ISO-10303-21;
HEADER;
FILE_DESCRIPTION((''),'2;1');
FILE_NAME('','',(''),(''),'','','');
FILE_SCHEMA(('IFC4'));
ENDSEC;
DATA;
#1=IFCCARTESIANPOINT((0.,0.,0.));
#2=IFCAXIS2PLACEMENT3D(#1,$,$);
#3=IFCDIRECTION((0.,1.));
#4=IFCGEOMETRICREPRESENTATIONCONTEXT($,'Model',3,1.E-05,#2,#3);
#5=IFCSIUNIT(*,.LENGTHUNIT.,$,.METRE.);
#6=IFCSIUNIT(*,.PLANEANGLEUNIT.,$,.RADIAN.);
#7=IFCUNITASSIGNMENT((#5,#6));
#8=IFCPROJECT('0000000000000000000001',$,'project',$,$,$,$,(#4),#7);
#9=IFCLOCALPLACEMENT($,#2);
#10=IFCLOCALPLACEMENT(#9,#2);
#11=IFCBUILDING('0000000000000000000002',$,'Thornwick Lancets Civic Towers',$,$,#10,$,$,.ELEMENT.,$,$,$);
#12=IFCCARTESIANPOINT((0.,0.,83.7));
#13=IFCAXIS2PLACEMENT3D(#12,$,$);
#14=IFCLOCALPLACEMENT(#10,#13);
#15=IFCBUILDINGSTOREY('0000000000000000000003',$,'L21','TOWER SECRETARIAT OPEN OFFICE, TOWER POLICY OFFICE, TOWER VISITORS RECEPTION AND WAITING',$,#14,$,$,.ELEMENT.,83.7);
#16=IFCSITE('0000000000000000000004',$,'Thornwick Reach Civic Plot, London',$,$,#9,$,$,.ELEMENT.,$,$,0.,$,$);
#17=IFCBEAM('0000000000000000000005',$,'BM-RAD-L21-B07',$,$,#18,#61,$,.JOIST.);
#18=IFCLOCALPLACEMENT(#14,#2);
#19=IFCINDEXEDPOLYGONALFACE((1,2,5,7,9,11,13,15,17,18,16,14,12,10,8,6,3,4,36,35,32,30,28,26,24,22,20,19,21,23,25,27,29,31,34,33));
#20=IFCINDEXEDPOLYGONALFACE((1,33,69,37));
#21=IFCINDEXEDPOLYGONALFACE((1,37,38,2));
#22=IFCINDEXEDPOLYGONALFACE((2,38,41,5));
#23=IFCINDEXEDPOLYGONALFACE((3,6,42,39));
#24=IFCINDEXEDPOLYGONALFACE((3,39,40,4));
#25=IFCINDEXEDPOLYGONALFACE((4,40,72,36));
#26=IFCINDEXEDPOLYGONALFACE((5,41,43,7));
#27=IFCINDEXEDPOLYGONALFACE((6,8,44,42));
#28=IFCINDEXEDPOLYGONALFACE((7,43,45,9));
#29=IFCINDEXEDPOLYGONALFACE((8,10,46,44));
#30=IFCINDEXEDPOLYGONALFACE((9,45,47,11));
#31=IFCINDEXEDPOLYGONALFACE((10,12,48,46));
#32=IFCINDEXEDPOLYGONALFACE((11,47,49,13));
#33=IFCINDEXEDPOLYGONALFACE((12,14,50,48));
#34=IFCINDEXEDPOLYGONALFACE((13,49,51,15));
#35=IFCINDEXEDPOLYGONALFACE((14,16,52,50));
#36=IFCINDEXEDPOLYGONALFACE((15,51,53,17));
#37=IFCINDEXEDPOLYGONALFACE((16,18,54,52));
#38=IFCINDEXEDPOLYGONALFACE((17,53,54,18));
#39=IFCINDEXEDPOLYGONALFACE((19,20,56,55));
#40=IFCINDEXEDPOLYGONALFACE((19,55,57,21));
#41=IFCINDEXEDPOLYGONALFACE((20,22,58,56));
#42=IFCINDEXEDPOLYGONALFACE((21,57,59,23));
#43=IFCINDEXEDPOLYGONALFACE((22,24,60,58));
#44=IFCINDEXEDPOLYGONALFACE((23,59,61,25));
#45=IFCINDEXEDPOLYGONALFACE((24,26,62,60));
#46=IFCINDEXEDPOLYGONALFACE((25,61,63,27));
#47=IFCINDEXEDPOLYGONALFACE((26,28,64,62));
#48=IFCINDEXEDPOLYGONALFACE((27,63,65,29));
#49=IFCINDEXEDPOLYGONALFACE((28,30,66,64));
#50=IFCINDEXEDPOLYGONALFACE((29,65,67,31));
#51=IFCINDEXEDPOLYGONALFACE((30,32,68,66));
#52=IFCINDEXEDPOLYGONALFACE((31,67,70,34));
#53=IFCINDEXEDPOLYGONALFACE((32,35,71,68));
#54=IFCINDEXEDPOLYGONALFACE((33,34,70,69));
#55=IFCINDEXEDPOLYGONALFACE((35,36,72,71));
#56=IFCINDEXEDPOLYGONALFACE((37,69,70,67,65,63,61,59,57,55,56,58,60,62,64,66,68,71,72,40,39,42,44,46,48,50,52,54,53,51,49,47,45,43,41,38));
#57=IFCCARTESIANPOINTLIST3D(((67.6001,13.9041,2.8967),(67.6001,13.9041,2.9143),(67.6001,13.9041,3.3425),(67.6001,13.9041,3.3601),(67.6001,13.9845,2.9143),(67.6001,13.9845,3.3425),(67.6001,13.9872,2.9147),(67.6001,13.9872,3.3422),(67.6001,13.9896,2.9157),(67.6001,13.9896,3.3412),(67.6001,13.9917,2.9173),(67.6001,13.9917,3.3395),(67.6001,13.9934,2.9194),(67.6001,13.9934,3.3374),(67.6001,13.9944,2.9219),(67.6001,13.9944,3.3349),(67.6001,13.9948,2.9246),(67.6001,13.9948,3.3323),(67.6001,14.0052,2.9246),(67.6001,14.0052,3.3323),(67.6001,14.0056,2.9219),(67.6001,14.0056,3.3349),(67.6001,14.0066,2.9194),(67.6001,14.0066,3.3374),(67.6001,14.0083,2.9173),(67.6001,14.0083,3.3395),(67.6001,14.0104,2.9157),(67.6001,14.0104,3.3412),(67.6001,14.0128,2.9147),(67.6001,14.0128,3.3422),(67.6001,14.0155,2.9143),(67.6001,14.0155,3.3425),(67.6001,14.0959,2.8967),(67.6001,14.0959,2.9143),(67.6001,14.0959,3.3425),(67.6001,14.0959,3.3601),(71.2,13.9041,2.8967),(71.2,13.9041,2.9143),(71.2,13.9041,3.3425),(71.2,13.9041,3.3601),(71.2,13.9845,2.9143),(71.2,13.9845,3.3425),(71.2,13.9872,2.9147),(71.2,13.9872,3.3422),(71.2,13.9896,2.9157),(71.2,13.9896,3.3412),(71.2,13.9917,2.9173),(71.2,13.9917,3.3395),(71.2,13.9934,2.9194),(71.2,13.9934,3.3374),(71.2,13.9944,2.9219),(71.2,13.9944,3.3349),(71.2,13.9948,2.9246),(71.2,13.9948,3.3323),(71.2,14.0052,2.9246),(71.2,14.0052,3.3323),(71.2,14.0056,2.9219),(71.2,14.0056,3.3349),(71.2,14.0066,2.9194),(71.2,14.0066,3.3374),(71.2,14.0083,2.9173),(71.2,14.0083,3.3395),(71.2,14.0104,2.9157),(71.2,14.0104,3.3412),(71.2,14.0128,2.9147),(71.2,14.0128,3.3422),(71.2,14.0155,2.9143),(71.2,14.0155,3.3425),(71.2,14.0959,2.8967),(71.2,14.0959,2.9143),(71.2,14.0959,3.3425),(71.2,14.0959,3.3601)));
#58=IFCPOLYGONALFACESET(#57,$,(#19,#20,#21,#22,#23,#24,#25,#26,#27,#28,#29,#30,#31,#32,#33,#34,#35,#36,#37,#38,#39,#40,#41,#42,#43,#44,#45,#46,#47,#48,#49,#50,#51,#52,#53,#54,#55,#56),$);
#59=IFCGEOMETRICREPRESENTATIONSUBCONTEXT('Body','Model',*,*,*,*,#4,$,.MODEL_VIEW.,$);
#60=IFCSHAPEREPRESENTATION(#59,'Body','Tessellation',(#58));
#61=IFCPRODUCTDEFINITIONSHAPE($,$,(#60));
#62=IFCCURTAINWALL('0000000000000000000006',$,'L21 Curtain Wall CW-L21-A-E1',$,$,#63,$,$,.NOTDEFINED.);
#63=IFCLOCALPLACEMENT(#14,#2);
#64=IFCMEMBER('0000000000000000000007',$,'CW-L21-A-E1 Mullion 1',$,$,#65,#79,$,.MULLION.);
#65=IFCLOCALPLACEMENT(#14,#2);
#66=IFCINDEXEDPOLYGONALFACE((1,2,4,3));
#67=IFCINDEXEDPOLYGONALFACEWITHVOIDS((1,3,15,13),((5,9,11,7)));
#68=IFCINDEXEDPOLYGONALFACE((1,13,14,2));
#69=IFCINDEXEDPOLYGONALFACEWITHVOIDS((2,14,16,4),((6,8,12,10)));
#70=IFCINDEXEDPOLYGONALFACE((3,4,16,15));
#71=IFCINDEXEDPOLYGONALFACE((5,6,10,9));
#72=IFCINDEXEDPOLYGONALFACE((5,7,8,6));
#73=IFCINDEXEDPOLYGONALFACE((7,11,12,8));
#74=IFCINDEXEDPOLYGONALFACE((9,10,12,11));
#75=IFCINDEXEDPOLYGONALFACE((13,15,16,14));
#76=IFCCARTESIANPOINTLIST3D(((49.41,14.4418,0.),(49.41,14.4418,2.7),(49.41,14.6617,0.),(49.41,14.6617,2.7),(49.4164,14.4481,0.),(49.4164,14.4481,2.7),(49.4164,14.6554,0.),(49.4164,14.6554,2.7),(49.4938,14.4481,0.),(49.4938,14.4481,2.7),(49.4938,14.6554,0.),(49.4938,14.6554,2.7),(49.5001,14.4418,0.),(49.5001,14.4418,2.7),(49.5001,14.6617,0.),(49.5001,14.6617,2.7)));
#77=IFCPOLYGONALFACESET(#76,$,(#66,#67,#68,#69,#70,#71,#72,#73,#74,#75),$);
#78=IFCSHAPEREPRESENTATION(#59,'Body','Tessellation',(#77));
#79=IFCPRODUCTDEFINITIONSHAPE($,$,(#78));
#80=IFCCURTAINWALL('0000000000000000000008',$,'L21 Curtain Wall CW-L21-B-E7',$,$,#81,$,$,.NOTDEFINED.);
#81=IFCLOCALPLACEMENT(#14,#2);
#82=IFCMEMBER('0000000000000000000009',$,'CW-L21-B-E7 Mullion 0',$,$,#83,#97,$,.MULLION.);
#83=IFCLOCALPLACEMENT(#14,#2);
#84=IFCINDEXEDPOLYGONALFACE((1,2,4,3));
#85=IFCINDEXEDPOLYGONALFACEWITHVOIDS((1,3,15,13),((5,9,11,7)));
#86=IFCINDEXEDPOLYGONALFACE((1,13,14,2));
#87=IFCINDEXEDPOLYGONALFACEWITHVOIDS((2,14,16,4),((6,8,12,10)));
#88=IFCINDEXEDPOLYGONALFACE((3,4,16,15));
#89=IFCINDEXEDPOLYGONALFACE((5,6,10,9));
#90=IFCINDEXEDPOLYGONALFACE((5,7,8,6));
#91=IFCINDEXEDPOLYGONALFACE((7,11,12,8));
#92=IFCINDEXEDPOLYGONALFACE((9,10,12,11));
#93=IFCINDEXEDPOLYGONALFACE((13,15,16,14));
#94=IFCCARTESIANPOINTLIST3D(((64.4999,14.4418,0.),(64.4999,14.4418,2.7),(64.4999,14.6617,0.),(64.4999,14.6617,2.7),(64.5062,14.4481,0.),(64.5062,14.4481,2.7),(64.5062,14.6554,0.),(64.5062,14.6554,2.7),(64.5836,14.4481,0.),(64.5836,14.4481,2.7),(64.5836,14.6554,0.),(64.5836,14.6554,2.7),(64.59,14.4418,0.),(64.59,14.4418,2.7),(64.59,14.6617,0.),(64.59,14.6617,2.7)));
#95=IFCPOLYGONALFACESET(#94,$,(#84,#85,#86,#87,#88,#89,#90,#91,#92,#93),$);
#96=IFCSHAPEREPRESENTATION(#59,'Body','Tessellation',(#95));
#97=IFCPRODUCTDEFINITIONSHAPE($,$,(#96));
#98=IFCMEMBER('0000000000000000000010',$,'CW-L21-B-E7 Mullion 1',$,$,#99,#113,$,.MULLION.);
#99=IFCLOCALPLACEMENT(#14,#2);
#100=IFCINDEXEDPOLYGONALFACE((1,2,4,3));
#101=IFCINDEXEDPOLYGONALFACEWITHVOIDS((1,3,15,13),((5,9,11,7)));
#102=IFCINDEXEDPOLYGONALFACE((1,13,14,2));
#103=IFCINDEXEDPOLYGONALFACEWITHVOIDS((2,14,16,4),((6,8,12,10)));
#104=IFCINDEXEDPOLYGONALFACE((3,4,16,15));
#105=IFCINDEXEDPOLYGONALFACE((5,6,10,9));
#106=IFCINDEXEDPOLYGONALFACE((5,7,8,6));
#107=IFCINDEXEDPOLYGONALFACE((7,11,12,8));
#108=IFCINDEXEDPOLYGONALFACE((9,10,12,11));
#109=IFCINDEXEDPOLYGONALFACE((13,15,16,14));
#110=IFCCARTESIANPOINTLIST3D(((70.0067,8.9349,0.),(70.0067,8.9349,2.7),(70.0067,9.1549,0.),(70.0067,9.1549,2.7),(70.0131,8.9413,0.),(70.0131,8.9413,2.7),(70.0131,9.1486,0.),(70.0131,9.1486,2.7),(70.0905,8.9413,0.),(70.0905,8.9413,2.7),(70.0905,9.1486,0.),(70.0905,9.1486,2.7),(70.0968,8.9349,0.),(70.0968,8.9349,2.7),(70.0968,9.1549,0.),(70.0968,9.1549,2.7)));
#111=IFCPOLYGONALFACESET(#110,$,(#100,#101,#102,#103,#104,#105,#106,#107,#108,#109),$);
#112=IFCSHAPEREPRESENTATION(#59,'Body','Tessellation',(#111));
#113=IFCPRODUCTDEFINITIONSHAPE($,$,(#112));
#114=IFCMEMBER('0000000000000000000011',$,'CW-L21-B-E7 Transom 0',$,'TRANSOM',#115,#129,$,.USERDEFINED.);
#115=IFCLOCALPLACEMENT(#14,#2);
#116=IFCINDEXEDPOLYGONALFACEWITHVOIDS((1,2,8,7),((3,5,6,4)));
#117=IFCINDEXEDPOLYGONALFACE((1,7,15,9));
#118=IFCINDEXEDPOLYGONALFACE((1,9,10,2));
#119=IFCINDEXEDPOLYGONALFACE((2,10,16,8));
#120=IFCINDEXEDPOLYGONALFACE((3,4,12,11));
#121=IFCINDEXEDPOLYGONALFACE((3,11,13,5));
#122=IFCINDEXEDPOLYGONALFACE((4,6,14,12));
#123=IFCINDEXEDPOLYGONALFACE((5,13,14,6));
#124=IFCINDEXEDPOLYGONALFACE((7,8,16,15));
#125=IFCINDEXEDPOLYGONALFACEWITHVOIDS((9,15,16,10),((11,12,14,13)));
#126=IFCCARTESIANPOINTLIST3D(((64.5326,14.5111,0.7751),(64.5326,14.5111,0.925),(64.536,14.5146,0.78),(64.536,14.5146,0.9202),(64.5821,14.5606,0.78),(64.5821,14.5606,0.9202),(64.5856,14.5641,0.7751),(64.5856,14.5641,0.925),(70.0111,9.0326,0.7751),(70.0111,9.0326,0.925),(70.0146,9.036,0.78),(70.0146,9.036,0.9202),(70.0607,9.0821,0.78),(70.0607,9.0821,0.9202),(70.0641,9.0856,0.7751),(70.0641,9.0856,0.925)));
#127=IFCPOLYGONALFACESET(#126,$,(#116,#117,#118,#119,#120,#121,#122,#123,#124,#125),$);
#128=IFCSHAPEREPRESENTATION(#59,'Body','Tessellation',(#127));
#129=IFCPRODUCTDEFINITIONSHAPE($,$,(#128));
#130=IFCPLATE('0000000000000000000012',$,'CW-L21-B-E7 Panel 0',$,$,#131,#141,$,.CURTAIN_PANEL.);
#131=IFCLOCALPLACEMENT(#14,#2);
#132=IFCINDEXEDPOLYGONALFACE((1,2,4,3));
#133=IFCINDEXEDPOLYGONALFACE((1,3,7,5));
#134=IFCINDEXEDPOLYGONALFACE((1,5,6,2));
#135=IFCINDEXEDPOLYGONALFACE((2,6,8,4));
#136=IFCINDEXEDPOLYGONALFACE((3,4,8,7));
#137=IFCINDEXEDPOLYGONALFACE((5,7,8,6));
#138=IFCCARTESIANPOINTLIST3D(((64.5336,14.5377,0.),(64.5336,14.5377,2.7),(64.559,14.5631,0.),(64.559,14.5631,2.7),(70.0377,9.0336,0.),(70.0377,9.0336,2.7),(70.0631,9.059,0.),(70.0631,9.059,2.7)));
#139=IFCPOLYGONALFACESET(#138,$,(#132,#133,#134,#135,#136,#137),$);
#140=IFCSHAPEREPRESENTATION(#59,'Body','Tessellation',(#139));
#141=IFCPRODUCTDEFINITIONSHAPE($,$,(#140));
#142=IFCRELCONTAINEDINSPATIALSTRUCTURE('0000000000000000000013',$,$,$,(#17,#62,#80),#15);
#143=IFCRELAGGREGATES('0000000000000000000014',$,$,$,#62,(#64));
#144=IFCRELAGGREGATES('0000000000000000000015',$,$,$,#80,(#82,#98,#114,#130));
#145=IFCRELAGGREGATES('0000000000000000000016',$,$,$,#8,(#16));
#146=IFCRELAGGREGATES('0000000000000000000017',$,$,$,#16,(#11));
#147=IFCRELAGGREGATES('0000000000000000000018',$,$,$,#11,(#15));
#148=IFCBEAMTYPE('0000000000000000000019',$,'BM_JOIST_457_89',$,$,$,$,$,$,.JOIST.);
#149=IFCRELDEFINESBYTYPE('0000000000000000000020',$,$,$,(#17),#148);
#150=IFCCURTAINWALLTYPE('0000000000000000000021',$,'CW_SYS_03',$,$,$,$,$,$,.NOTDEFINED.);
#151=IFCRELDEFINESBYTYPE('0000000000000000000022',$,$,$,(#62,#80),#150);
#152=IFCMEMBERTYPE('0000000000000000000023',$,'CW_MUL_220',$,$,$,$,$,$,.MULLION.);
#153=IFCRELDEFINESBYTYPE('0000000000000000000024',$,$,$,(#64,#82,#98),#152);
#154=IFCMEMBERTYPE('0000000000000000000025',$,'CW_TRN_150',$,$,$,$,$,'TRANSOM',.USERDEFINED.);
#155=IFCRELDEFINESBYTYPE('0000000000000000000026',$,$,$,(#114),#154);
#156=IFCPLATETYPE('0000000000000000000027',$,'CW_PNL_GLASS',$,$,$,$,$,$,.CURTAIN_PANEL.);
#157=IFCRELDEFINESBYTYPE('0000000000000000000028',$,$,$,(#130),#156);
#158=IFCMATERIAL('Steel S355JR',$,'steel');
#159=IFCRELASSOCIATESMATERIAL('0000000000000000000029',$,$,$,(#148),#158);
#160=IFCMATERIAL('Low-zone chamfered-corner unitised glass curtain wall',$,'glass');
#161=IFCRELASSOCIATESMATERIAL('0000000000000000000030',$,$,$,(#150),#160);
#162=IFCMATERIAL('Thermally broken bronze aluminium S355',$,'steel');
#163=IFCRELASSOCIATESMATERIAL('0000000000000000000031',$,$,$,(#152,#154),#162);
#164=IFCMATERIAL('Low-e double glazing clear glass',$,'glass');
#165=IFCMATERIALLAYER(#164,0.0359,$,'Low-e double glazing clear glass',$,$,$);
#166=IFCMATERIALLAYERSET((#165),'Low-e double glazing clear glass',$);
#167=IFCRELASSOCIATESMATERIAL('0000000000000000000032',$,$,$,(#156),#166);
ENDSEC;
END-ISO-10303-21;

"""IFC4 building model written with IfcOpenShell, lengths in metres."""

from ifc_helpers import new_model, si_unit, direction, frame, origin, origin_2d, place, context, subcontext, project, spatial, rectangle, hollow_rectangle, i_section, extrude, material, layer, layer_set, material_profile, profile_set, type_object, element, aggregate, save


model = new_model("IFC4")

# Units and contexts
model_context = context("Model", 3, precision=1e-05, world=origin(), true_north=direction((0.0, 1.0)))
body_context = subcontext(model_context, "Body", "Model", "MODEL_VIEW")
ifc_project = project(units=[si_unit("LENGTHUNIT", "METRE"), si_unit("PLANEANGLEUNIT", "RADIAN")], contexts=[model_context])

# Site, building, storey
site_placement = place(None, origin())
site = spatial("IfcSite", under=ifc_project, at=site_placement, Name="Thornwick Reach Civic Plot, London", CompositionType="ELEMENT", RefElevation=0.0)
building_placement = place(site_placement, origin())
building = spatial("IfcBuilding", under=site, at=building_placement, Name="Thornwick Lancets Civic Towers", CompositionType="ELEMENT")
storey_placement = place(building_placement, frame((0.0, 0.0, 83.7)))
storey = spatial("IfcBuildingStorey", under=building, at=storey_placement, Name="L21", Description="TOWER SECRETARIAT OPEN OFFICE, TOWER POLICY OFFICE, TOWER VISITORS RECEPTION AND WAITING", CompositionType="ELEMENT", Elevation=83.7)

# Beam
ifc_material_1 = material(Name="Steel S355JR", Category="steel")
ifc_material_profile_1 = material_profile(ifc_material_1, i_section(OverallWidth=0.1919, OverallDepth=0.4634, WebThickness=0.0105, FlangeThickness=0.0176, FilletRadius=0.0103, at=origin_2d()), Name="UKB 457x191x89")
ifc_profile_set_1 = profile_set([ifc_material_profile_1], Name="Steel S355JR")
beam_type_1 = type_object("IfcBeamType", Name="BM_JOIST_457_89", PredefinedType="JOIST", material=ifc_profile_set_1)
beam_1_placement = place(storey_placement, frame((71.2, 14.0, 3.1284), z_axis=(-1.0, 0.0, 0.0), x_axis=(0.0, -1.0, 0.0)))
element("IfcBeam", 1, at=beam_1_placement, inside=storey, type_object=beam_type_1, Name="BM-RAD-L21-B07", PredefinedType="JOIST", context=body_context, shape_type="SweptSolid", body=[
    extrude(i_section(OverallWidth=0.1919, OverallDepth=0.4634, WebThickness=0.0105, FlangeThickness=0.0176, FilletRadius=0.0103, at=origin_2d()), origin(), (0.0, 0.0, 1.0), 3.5999),
])

# Curtain wall, member
ifc_material_2 = material(Name="Low-zone chamfered-corner unitised glass curtain wall", Category="glass")
curtain_wall_type = type_object("IfcCurtainWallType", Name="CW_SYS_03", PredefinedType="NOTDEFINED", material=ifc_material_2)
curtain_wall_1_placement = place(storey_placement, origin())
curtain_wall_1 = element("IfcCurtainWall", 2, at=curtain_wall_1_placement, inside=storey, type_object=curtain_wall_type, Name="L21 Curtain Wall CW-L21-A-E1", PredefinedType="NOTDEFINED")
ifc_material_3 = material(Name="Thermally broken bronze aluminium S355", Category="steel")
ifc_material_profile_2 = material_profile(ifc_material_3, hollow_rectangle(XDim=0.0901, YDim=0.22, WallThickness=0.0063, at=origin_2d()), Name="RHS 220x90x6.3")
ifc_profile_set_2 = profile_set([ifc_material_profile_2], Name="Thermally broken bronze aluminium S355")
member_type_1 = type_object("IfcMemberType", Name="CW_MUL_220", PredefinedType="MULLION", material=ifc_profile_set_2)
member_1_placement = place(storey_placement, frame((49.4551, 14.5518, 0.0), z_axis=(0.0, 0.0, 1.0), x_axis=(1.0, 0.0, 0.0)))
member_1 = element("IfcMember", 3, at=member_1_placement, type_object=member_type_1, Name="CW-L21-A-E1 Mullion 1", PredefinedType="MULLION", context=body_context, shape_type="SweptSolid", body=[
    extrude(hollow_rectangle(XDim=0.0901, YDim=0.22, WallThickness=0.0063, at=origin_2d()), origin(), (0.0, 0.0, 1.0), 2.7),
])
aggregate(curtain_wall_1, [member_1])

# Curtain wall, members, plate
curtain_wall_2_placement = place(storey_placement, origin())
curtain_wall_2 = element("IfcCurtainWall", 4, at=curtain_wall_2_placement, inside=storey, type_object=curtain_wall_type, Name="L21 Curtain Wall CW-L21-B-E7", PredefinedType="NOTDEFINED")
member_2_placement = place(storey_placement, frame((64.5449, 14.5518, 0.0), z_axis=(0.0, 0.0, 1.0), x_axis=(1.0, 0.0, 0.0)))
member_2 = element("IfcMember", 5, at=member_2_placement, type_object=member_type_1, Name="CW-L21-B-E7 Mullion 0", PredefinedType="MULLION", context=body_context, shape_type="SweptSolid", body=[
    extrude(hollow_rectangle(XDim=0.0901, YDim=0.22, WallThickness=0.0063, at=origin_2d()), origin(), (0.0, 0.0, 1.0), 2.7),
])
member_3_placement = place(storey_placement, frame((70.0518, 9.0449, 0.0), z_axis=(0.0, 0.0, 1.0), x_axis=(1.0, 0.0, 0.0)))
member_3 = element("IfcMember", 6, at=member_3_placement, type_object=member_type_1, Name="CW-L21-B-E7 Mullion 1", PredefinedType="MULLION", context=body_context, shape_type="SweptSolid", body=[
    extrude(hollow_rectangle(XDim=0.0901, YDim=0.22, WallThickness=0.0063, at=origin_2d()), origin(), (0.0, 0.0, 1.0), 2.7),
])
ifc_material_profile_3 = material_profile(ifc_material_3, hollow_rectangle(XDim=0.075, YDim=0.1499, WallThickness=0.0049, at=origin_2d()), Name="RHS 150x75x5")
ifc_profile_set_3 = profile_set([ifc_material_profile_3], Name="Thermally broken bronze aluminium S355")
member_type_2 = type_object("IfcMemberType", Name="CW_TRN_150", ElementType="TRANSOM", PredefinedType="USERDEFINED", material=ifc_profile_set_3)
member_4_placement = place(storey_placement, frame((64.5591, 14.5376, 0.8501), z_axis=(0.707107, -0.707107, 0.0), x_axis=(0.707107, 0.707107, 0.0)))
member_4 = element("IfcMember", 7, at=member_4_placement, type_object=member_type_2, Name="CW-L21-B-E7 Transom 0", ObjectType="TRANSOM", PredefinedType="USERDEFINED", context=body_context, shape_type="SweptSolid", body=[
    extrude(hollow_rectangle(XDim=0.075, YDim=0.1499, WallThickness=0.0049, at=origin_2d()), origin(), (0.0, 0.0, 1.0), 7.7478),
])
ifc_material_4 = material(Name="Low-e double glazing clear glass", Category="glass")
ifc_layer_1 = layer(ifc_material_4, 0.0359, Name="Low-e double glazing clear glass")
ifc_layer_set_1 = layer_set([ifc_layer_1], Name="Low-e double glazing clear glass")
plate_type = type_object("IfcPlateType", Name="CW_PNL_GLASS", PredefinedType="CURTAIN_PANEL", material=ifc_layer_set_1)
plate_placement = place(storey_placement, frame((67.2983, 11.7983, 0.0), z_axis=(0.0, 0.0, 1.0), x_axis=(0.707107, -0.707107, 0.0)))
plate = element("IfcPlate", 8, at=plate_placement, type_object=plate_type, Name="CW-L21-B-E7 Panel 0", PredefinedType="CURTAIN_PANEL", context=body_context, shape_type="SweptSolid", body=[
    extrude(rectangle(XDim=7.7839, YDim=0.0359, at=origin_2d()), origin(), (0.0, 0.0, 1.0), 2.7),
])
aggregate(curtain_wall_2, [member_2, member_3, member_4, plate])

save(model, "model.ifc")
